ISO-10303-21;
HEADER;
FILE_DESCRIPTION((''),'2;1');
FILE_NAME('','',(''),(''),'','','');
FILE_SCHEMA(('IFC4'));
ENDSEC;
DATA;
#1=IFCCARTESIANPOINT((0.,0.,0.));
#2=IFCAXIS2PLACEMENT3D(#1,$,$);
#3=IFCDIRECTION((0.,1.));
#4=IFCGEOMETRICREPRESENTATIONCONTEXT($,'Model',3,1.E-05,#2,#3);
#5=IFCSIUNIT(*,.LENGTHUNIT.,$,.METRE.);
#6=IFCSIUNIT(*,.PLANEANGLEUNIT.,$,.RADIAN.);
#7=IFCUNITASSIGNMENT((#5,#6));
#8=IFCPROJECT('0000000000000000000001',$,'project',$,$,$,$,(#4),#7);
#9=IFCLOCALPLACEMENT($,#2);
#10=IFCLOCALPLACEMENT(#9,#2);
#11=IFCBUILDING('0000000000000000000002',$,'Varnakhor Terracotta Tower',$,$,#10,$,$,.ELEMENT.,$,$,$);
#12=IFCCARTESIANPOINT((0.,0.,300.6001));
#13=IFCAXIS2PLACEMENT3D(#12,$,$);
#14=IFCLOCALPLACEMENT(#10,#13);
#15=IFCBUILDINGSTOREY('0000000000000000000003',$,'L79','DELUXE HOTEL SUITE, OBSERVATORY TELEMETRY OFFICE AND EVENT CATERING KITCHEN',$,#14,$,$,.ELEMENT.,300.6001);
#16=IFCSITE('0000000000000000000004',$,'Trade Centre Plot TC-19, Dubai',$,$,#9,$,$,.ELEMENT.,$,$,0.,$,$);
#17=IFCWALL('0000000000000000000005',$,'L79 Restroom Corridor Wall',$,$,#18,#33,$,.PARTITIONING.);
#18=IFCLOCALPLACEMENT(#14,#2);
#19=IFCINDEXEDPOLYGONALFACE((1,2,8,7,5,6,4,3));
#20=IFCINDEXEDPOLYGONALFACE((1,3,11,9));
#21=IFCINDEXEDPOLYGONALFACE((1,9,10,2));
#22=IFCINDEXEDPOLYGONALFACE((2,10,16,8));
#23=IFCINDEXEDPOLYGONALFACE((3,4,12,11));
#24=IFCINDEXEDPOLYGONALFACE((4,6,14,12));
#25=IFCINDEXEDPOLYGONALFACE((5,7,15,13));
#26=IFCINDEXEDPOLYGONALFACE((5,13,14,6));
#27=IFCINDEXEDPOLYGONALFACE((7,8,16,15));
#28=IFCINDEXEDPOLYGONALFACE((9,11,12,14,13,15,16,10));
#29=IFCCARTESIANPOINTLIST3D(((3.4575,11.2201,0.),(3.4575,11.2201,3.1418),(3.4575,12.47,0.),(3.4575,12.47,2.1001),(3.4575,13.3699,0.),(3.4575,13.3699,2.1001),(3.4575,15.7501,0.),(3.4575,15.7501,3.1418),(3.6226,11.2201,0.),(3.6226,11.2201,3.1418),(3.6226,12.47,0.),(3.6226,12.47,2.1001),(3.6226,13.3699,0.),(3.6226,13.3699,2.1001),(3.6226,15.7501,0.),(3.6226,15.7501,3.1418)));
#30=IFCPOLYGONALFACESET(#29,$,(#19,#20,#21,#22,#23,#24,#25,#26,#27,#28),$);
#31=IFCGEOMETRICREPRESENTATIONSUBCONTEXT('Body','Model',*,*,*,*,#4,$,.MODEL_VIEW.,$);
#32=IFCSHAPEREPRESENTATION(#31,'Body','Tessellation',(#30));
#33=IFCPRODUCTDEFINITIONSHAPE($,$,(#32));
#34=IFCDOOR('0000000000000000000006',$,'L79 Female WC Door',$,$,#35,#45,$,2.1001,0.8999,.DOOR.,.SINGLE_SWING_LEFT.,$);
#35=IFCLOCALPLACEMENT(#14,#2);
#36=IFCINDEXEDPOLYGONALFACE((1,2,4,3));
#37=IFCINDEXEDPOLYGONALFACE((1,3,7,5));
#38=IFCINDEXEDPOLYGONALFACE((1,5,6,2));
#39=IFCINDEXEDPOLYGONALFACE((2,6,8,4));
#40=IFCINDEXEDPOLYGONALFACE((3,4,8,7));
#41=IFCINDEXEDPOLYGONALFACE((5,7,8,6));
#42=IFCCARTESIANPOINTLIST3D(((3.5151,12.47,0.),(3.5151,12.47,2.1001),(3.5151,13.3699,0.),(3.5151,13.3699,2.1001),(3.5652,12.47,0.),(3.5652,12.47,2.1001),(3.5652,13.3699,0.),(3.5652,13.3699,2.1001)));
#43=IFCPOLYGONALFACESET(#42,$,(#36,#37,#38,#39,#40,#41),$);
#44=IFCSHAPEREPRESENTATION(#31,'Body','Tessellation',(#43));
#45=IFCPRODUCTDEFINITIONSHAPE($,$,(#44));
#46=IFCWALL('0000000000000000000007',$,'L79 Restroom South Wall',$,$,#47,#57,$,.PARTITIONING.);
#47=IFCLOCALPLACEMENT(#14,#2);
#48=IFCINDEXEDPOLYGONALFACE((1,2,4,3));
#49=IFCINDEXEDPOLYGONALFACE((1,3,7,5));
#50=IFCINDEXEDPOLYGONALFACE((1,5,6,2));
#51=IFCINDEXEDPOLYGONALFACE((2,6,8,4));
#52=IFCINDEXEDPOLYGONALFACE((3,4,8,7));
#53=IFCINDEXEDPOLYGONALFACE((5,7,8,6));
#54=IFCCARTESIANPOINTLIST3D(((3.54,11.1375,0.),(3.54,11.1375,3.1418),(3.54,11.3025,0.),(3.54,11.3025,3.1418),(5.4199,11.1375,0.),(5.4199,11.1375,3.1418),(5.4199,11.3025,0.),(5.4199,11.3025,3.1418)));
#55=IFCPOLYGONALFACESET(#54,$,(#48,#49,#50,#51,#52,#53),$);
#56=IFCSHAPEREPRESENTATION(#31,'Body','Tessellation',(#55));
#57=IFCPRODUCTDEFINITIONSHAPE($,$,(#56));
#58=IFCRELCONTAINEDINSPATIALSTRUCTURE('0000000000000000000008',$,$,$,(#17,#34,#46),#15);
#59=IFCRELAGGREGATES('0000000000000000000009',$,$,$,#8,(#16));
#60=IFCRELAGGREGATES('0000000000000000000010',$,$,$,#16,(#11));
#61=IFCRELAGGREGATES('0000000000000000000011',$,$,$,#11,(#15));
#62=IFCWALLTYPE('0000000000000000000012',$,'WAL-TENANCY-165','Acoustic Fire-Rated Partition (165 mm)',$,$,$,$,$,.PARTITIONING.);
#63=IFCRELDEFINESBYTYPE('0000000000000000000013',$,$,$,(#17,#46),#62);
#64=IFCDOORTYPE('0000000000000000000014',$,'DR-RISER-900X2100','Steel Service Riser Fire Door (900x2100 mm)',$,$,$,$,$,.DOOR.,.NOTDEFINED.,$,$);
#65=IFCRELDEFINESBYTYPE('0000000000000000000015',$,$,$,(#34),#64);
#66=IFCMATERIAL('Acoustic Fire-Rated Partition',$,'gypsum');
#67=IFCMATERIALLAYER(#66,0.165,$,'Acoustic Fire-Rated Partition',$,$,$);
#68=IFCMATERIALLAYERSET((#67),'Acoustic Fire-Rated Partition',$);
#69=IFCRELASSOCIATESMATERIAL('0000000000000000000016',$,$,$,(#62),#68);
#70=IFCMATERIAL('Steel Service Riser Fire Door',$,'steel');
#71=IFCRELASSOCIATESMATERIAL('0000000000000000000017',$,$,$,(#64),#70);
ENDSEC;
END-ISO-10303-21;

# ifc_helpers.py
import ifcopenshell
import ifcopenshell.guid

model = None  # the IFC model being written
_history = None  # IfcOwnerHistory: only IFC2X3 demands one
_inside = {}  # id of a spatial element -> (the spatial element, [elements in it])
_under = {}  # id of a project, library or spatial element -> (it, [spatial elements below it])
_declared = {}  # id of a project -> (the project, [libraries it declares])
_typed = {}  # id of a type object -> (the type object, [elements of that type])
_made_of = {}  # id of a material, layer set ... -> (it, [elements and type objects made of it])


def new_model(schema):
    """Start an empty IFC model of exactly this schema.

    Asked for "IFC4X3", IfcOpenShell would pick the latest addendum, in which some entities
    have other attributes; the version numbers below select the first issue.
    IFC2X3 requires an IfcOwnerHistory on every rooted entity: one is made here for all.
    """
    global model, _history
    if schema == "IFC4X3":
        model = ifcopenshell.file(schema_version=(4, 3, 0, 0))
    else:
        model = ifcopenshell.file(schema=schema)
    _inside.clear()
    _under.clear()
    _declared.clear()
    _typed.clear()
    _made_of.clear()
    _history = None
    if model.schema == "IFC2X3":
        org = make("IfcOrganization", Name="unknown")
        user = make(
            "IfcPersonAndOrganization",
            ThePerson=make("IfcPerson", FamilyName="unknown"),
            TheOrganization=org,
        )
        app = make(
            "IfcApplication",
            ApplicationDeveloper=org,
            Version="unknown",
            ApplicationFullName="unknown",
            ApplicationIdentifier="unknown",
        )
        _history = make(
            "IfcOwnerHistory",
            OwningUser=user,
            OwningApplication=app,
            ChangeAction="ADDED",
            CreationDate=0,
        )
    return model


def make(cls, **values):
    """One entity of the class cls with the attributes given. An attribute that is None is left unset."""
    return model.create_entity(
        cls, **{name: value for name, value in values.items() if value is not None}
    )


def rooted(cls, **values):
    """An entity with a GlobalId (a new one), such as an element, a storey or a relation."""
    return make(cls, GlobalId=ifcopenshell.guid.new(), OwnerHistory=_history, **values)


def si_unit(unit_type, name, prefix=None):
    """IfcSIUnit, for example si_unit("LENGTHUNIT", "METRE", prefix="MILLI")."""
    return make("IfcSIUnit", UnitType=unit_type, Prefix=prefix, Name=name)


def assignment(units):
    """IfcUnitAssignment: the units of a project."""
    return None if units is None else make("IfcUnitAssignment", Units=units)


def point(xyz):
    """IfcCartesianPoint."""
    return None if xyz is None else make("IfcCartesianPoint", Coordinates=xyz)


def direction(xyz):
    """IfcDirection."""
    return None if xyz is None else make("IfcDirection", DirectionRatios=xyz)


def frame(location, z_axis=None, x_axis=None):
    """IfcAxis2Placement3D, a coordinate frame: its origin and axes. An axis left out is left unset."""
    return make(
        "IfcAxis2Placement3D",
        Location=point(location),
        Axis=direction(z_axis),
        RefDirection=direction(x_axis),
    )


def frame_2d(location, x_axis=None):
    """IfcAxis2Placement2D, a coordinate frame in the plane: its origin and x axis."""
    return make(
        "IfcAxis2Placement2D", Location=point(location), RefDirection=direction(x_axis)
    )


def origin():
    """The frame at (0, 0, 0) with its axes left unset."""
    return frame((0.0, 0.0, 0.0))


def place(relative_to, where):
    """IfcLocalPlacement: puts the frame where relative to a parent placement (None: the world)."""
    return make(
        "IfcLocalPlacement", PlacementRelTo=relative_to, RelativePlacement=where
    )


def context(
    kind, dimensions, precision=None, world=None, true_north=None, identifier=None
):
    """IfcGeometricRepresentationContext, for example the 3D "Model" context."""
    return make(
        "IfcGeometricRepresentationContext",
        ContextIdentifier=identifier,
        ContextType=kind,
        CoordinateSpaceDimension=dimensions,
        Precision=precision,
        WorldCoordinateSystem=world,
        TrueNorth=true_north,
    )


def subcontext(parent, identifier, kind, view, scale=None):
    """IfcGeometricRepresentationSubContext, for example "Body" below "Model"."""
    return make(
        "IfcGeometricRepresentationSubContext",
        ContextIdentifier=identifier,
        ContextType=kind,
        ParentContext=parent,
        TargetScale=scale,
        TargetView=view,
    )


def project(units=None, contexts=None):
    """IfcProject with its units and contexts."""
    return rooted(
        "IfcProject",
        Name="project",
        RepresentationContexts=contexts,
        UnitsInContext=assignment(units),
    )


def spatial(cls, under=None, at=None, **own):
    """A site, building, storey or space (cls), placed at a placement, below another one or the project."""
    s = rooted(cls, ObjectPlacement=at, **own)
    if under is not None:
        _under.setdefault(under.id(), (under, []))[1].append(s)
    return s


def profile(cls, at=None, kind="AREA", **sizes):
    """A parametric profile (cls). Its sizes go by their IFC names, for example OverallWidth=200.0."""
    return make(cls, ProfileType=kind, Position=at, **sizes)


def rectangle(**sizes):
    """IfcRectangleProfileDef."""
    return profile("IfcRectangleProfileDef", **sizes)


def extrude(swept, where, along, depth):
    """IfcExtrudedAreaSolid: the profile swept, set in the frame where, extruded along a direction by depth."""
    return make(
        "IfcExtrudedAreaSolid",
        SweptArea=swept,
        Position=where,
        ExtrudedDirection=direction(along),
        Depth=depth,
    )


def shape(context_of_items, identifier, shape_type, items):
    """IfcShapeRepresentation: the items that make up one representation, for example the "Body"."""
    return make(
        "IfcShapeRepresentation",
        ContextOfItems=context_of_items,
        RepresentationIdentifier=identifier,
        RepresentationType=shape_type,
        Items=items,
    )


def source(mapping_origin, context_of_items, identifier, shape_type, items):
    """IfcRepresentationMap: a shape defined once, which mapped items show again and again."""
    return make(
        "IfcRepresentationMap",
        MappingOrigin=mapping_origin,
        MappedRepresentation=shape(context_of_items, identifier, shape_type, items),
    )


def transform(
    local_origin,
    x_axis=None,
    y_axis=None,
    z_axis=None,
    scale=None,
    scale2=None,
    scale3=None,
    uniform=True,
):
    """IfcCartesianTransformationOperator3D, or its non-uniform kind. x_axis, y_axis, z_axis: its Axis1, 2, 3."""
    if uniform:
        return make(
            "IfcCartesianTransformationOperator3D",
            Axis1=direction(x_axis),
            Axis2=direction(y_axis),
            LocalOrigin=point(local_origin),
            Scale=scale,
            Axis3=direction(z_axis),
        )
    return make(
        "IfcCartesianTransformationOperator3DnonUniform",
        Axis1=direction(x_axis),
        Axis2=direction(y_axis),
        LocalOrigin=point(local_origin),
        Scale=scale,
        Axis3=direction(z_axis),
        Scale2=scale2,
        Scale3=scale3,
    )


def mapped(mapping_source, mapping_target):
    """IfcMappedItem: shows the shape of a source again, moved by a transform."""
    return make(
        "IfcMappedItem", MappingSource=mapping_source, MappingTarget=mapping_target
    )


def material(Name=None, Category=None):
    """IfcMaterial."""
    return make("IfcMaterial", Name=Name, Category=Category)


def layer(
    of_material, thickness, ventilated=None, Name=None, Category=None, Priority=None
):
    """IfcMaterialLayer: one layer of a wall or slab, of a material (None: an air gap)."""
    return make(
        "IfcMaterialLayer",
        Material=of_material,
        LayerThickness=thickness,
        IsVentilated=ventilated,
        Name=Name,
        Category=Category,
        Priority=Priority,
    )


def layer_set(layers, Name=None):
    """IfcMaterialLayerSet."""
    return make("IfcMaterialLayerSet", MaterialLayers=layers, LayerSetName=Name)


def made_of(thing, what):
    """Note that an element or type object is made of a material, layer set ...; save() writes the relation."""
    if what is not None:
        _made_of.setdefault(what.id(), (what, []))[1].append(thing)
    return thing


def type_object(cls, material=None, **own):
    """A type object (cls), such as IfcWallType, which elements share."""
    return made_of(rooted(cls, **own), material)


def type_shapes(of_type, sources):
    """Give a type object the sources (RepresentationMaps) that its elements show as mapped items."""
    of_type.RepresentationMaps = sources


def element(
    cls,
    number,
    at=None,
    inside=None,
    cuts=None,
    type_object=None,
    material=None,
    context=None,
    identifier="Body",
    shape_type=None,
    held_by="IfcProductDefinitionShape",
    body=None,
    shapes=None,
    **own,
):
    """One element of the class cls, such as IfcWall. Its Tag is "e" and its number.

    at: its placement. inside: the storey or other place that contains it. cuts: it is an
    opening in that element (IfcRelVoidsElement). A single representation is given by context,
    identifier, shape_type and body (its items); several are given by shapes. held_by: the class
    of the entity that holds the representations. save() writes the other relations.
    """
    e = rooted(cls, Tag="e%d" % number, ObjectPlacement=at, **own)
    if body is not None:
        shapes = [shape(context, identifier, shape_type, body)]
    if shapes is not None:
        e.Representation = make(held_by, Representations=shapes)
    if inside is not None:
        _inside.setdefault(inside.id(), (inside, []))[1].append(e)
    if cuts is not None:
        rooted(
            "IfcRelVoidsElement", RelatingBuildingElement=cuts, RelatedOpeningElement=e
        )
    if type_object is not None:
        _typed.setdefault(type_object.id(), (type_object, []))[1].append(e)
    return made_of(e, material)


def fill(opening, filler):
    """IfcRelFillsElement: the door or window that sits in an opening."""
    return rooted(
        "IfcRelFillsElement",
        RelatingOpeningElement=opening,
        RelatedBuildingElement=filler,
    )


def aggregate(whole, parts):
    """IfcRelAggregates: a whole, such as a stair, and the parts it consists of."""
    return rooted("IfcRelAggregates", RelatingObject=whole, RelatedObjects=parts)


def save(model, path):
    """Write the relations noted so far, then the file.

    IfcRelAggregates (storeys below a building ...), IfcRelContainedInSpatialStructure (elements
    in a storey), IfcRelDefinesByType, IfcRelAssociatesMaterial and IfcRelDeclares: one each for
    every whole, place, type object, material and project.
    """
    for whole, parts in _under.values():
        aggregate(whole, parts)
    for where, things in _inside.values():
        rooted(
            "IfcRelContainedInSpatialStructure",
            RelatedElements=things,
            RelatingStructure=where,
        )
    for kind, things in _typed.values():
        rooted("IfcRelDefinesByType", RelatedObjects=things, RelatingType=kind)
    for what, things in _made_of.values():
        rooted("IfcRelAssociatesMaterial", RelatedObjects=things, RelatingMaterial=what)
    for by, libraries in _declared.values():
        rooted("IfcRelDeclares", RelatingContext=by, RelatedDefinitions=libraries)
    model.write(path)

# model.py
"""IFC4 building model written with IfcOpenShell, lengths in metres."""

from ifc_helpers import new_model, si_unit, direction, frame, frame_2d, origin, place, context, subcontext, project, spatial, rectangle, extrude, source, transform, mapped, material, layer, layer_set, type_object, type_shapes, element, fill, save


model = new_model("IFC4")

# Units and contexts
model_context = context("Model", 3, precision=1e-05, world=origin(), true_north=direction((0.0, 1.0)))
body_context = subcontext(model_context, "Body", "Model", "MODEL_VIEW")
ifc_project = project(units=[si_unit("LENGTHUNIT", "METRE"), si_unit("PLANEANGLEUNIT", "RADIAN")], contexts=[model_context])

# Site, building, storey
site_placement = place(None, origin())
site = spatial("IfcSite", under=ifc_project, at=site_placement, Name="Trade Centre Plot TC-19, Dubai", CompositionType="ELEMENT", RefElevation=0.0)
building_placement = place(site_placement, origin())
building = spatial("IfcBuilding", under=site, at=building_placement, Name="Varnakhor Terracotta Tower", CompositionType="ELEMENT")
storey_placement = place(building_placement, frame((0.0, 0.0, 300.6001)))
storey = spatial("IfcBuildingStorey", under=building, at=storey_placement, Name="L79", Description="DELUXE HOTEL SUITE, OBSERVATORY TELEMETRY OFFICE AND EVENT CATERING KITCHEN", CompositionType="ELEMENT", Elevation=300.6001)

# Shared definitions
ifc_material_1 = material(Name="Acoustic Fire-Rated Partition", Category="gypsum")
ifc_layer_1 = layer(ifc_material_1, 0.165, Name="Acoustic Fire-Rated Partition")
ifc_layer_set_1 = layer_set([ifc_layer_1], Name="Acoustic Fire-Rated Partition")
wall_type_1 = type_object("IfcWallType", Name="WAL-TENANCY-165", Description="Acoustic Fire-Rated Partition (165 mm)", PredefinedType="PARTITIONING", material=ifc_layer_set_1)

# Wall, opening, door
wall_1_placement = place(storey_placement, frame((3.54, 11.22, 0.0), z_axis=(0.0, 0.0, 1.0), x_axis=(0.0, 1.0, 0.0)))
wall_1 = element("IfcWall", 1, at=wall_1_placement, inside=storey, type_object=wall_type_1, Name="L79 Restroom Corridor Wall", PredefinedType="PARTITIONING", context=body_context, shape_type="SweptSolid", body=[
    extrude(rectangle(XDim=4.53, YDim=0.165, at=frame_2d((2.2651, 0.0))), origin(), (0.0, 0.0, 1.0), 3.1418),
])
opening_1_placement = place(wall_1_placement, frame((1.25, 0.0, 0.0)))
opening_1 = element("IfcOpeningElement", 2, at=opening_1_placement, cuts=wall_1, PredefinedType="OPENING", context=body_context, shape_type="SweptSolid", body=[
    extrude(rectangle(XDim=0.8999, YDim=2.1001, at=frame_2d((0.45, 1.05))), frame((0.0, 0.0925, 0.0), z_axis=(0.0, -1.0, 0.0), x_axis=(1.0, 0.0, 0.0)), (0.0, 0.0, 1.0), 0.1851),
])
ifc_material_2 = material(Name="Steel Service Riser Fire Door", Category="steel")
door_type_1 = type_object("IfcDoorType", Name="DR-RISER-900X2100", Description="Steel Service Riser Fire Door (900x2100 mm)", OperationType="NOTDEFINED", PredefinedType="DOOR", material=ifc_material_2)
shared_shape_1 = source(origin(), body_context, "Body", "SweptSolid", [
    extrude(rectangle(XDim=0.8999, YDim=2.1001, at=frame_2d((0.45, 1.05))), frame((0.0, 0.0249, 0.0), z_axis=(0.0, -1.0, 0.0), x_axis=(1.0, 0.0, 0.0)), (0.0, 0.0, 1.0), 0.05),
])
type_shapes(door_type_1, [shared_shape_1])
door_1_placement = place(opening_1_placement, origin())
door_1 = element("IfcDoor", 3, at=door_1_placement, inside=storey, type_object=door_type_1, Name="L79 Female WC Door", OperationType="SINGLE_SWING_LEFT", OverallHeight=2.1001, OverallWidth=0.8999, PredefinedType="DOOR", context=body_context, shape_type="MappedRepresentation", body=[
    mapped(shared_shape_1, transform((0.0, 0.0, 0.0), scale=1.0)),
])
fill(opening_1, door_1)

# Wall
wall_2_placement = place(storey_placement, frame((3.54, 11.22, 0.0), z_axis=(0.0, 0.0, 1.0), x_axis=(1.0, 0.0, 0.0)))
element("IfcWall", 4, at=wall_2_placement, inside=storey, type_object=wall_type_1, Name="L79 Restroom South Wall", PredefinedType="PARTITIONING", context=body_context, shape_type="SweptSolid", body=[
    extrude(rectangle(XDim=1.8799, YDim=0.165, at=frame_2d((0.9399, 0.0))), origin(), (0.0, 0.0, 1.0), 3.1418),
])

save(model, "model.ifc")
